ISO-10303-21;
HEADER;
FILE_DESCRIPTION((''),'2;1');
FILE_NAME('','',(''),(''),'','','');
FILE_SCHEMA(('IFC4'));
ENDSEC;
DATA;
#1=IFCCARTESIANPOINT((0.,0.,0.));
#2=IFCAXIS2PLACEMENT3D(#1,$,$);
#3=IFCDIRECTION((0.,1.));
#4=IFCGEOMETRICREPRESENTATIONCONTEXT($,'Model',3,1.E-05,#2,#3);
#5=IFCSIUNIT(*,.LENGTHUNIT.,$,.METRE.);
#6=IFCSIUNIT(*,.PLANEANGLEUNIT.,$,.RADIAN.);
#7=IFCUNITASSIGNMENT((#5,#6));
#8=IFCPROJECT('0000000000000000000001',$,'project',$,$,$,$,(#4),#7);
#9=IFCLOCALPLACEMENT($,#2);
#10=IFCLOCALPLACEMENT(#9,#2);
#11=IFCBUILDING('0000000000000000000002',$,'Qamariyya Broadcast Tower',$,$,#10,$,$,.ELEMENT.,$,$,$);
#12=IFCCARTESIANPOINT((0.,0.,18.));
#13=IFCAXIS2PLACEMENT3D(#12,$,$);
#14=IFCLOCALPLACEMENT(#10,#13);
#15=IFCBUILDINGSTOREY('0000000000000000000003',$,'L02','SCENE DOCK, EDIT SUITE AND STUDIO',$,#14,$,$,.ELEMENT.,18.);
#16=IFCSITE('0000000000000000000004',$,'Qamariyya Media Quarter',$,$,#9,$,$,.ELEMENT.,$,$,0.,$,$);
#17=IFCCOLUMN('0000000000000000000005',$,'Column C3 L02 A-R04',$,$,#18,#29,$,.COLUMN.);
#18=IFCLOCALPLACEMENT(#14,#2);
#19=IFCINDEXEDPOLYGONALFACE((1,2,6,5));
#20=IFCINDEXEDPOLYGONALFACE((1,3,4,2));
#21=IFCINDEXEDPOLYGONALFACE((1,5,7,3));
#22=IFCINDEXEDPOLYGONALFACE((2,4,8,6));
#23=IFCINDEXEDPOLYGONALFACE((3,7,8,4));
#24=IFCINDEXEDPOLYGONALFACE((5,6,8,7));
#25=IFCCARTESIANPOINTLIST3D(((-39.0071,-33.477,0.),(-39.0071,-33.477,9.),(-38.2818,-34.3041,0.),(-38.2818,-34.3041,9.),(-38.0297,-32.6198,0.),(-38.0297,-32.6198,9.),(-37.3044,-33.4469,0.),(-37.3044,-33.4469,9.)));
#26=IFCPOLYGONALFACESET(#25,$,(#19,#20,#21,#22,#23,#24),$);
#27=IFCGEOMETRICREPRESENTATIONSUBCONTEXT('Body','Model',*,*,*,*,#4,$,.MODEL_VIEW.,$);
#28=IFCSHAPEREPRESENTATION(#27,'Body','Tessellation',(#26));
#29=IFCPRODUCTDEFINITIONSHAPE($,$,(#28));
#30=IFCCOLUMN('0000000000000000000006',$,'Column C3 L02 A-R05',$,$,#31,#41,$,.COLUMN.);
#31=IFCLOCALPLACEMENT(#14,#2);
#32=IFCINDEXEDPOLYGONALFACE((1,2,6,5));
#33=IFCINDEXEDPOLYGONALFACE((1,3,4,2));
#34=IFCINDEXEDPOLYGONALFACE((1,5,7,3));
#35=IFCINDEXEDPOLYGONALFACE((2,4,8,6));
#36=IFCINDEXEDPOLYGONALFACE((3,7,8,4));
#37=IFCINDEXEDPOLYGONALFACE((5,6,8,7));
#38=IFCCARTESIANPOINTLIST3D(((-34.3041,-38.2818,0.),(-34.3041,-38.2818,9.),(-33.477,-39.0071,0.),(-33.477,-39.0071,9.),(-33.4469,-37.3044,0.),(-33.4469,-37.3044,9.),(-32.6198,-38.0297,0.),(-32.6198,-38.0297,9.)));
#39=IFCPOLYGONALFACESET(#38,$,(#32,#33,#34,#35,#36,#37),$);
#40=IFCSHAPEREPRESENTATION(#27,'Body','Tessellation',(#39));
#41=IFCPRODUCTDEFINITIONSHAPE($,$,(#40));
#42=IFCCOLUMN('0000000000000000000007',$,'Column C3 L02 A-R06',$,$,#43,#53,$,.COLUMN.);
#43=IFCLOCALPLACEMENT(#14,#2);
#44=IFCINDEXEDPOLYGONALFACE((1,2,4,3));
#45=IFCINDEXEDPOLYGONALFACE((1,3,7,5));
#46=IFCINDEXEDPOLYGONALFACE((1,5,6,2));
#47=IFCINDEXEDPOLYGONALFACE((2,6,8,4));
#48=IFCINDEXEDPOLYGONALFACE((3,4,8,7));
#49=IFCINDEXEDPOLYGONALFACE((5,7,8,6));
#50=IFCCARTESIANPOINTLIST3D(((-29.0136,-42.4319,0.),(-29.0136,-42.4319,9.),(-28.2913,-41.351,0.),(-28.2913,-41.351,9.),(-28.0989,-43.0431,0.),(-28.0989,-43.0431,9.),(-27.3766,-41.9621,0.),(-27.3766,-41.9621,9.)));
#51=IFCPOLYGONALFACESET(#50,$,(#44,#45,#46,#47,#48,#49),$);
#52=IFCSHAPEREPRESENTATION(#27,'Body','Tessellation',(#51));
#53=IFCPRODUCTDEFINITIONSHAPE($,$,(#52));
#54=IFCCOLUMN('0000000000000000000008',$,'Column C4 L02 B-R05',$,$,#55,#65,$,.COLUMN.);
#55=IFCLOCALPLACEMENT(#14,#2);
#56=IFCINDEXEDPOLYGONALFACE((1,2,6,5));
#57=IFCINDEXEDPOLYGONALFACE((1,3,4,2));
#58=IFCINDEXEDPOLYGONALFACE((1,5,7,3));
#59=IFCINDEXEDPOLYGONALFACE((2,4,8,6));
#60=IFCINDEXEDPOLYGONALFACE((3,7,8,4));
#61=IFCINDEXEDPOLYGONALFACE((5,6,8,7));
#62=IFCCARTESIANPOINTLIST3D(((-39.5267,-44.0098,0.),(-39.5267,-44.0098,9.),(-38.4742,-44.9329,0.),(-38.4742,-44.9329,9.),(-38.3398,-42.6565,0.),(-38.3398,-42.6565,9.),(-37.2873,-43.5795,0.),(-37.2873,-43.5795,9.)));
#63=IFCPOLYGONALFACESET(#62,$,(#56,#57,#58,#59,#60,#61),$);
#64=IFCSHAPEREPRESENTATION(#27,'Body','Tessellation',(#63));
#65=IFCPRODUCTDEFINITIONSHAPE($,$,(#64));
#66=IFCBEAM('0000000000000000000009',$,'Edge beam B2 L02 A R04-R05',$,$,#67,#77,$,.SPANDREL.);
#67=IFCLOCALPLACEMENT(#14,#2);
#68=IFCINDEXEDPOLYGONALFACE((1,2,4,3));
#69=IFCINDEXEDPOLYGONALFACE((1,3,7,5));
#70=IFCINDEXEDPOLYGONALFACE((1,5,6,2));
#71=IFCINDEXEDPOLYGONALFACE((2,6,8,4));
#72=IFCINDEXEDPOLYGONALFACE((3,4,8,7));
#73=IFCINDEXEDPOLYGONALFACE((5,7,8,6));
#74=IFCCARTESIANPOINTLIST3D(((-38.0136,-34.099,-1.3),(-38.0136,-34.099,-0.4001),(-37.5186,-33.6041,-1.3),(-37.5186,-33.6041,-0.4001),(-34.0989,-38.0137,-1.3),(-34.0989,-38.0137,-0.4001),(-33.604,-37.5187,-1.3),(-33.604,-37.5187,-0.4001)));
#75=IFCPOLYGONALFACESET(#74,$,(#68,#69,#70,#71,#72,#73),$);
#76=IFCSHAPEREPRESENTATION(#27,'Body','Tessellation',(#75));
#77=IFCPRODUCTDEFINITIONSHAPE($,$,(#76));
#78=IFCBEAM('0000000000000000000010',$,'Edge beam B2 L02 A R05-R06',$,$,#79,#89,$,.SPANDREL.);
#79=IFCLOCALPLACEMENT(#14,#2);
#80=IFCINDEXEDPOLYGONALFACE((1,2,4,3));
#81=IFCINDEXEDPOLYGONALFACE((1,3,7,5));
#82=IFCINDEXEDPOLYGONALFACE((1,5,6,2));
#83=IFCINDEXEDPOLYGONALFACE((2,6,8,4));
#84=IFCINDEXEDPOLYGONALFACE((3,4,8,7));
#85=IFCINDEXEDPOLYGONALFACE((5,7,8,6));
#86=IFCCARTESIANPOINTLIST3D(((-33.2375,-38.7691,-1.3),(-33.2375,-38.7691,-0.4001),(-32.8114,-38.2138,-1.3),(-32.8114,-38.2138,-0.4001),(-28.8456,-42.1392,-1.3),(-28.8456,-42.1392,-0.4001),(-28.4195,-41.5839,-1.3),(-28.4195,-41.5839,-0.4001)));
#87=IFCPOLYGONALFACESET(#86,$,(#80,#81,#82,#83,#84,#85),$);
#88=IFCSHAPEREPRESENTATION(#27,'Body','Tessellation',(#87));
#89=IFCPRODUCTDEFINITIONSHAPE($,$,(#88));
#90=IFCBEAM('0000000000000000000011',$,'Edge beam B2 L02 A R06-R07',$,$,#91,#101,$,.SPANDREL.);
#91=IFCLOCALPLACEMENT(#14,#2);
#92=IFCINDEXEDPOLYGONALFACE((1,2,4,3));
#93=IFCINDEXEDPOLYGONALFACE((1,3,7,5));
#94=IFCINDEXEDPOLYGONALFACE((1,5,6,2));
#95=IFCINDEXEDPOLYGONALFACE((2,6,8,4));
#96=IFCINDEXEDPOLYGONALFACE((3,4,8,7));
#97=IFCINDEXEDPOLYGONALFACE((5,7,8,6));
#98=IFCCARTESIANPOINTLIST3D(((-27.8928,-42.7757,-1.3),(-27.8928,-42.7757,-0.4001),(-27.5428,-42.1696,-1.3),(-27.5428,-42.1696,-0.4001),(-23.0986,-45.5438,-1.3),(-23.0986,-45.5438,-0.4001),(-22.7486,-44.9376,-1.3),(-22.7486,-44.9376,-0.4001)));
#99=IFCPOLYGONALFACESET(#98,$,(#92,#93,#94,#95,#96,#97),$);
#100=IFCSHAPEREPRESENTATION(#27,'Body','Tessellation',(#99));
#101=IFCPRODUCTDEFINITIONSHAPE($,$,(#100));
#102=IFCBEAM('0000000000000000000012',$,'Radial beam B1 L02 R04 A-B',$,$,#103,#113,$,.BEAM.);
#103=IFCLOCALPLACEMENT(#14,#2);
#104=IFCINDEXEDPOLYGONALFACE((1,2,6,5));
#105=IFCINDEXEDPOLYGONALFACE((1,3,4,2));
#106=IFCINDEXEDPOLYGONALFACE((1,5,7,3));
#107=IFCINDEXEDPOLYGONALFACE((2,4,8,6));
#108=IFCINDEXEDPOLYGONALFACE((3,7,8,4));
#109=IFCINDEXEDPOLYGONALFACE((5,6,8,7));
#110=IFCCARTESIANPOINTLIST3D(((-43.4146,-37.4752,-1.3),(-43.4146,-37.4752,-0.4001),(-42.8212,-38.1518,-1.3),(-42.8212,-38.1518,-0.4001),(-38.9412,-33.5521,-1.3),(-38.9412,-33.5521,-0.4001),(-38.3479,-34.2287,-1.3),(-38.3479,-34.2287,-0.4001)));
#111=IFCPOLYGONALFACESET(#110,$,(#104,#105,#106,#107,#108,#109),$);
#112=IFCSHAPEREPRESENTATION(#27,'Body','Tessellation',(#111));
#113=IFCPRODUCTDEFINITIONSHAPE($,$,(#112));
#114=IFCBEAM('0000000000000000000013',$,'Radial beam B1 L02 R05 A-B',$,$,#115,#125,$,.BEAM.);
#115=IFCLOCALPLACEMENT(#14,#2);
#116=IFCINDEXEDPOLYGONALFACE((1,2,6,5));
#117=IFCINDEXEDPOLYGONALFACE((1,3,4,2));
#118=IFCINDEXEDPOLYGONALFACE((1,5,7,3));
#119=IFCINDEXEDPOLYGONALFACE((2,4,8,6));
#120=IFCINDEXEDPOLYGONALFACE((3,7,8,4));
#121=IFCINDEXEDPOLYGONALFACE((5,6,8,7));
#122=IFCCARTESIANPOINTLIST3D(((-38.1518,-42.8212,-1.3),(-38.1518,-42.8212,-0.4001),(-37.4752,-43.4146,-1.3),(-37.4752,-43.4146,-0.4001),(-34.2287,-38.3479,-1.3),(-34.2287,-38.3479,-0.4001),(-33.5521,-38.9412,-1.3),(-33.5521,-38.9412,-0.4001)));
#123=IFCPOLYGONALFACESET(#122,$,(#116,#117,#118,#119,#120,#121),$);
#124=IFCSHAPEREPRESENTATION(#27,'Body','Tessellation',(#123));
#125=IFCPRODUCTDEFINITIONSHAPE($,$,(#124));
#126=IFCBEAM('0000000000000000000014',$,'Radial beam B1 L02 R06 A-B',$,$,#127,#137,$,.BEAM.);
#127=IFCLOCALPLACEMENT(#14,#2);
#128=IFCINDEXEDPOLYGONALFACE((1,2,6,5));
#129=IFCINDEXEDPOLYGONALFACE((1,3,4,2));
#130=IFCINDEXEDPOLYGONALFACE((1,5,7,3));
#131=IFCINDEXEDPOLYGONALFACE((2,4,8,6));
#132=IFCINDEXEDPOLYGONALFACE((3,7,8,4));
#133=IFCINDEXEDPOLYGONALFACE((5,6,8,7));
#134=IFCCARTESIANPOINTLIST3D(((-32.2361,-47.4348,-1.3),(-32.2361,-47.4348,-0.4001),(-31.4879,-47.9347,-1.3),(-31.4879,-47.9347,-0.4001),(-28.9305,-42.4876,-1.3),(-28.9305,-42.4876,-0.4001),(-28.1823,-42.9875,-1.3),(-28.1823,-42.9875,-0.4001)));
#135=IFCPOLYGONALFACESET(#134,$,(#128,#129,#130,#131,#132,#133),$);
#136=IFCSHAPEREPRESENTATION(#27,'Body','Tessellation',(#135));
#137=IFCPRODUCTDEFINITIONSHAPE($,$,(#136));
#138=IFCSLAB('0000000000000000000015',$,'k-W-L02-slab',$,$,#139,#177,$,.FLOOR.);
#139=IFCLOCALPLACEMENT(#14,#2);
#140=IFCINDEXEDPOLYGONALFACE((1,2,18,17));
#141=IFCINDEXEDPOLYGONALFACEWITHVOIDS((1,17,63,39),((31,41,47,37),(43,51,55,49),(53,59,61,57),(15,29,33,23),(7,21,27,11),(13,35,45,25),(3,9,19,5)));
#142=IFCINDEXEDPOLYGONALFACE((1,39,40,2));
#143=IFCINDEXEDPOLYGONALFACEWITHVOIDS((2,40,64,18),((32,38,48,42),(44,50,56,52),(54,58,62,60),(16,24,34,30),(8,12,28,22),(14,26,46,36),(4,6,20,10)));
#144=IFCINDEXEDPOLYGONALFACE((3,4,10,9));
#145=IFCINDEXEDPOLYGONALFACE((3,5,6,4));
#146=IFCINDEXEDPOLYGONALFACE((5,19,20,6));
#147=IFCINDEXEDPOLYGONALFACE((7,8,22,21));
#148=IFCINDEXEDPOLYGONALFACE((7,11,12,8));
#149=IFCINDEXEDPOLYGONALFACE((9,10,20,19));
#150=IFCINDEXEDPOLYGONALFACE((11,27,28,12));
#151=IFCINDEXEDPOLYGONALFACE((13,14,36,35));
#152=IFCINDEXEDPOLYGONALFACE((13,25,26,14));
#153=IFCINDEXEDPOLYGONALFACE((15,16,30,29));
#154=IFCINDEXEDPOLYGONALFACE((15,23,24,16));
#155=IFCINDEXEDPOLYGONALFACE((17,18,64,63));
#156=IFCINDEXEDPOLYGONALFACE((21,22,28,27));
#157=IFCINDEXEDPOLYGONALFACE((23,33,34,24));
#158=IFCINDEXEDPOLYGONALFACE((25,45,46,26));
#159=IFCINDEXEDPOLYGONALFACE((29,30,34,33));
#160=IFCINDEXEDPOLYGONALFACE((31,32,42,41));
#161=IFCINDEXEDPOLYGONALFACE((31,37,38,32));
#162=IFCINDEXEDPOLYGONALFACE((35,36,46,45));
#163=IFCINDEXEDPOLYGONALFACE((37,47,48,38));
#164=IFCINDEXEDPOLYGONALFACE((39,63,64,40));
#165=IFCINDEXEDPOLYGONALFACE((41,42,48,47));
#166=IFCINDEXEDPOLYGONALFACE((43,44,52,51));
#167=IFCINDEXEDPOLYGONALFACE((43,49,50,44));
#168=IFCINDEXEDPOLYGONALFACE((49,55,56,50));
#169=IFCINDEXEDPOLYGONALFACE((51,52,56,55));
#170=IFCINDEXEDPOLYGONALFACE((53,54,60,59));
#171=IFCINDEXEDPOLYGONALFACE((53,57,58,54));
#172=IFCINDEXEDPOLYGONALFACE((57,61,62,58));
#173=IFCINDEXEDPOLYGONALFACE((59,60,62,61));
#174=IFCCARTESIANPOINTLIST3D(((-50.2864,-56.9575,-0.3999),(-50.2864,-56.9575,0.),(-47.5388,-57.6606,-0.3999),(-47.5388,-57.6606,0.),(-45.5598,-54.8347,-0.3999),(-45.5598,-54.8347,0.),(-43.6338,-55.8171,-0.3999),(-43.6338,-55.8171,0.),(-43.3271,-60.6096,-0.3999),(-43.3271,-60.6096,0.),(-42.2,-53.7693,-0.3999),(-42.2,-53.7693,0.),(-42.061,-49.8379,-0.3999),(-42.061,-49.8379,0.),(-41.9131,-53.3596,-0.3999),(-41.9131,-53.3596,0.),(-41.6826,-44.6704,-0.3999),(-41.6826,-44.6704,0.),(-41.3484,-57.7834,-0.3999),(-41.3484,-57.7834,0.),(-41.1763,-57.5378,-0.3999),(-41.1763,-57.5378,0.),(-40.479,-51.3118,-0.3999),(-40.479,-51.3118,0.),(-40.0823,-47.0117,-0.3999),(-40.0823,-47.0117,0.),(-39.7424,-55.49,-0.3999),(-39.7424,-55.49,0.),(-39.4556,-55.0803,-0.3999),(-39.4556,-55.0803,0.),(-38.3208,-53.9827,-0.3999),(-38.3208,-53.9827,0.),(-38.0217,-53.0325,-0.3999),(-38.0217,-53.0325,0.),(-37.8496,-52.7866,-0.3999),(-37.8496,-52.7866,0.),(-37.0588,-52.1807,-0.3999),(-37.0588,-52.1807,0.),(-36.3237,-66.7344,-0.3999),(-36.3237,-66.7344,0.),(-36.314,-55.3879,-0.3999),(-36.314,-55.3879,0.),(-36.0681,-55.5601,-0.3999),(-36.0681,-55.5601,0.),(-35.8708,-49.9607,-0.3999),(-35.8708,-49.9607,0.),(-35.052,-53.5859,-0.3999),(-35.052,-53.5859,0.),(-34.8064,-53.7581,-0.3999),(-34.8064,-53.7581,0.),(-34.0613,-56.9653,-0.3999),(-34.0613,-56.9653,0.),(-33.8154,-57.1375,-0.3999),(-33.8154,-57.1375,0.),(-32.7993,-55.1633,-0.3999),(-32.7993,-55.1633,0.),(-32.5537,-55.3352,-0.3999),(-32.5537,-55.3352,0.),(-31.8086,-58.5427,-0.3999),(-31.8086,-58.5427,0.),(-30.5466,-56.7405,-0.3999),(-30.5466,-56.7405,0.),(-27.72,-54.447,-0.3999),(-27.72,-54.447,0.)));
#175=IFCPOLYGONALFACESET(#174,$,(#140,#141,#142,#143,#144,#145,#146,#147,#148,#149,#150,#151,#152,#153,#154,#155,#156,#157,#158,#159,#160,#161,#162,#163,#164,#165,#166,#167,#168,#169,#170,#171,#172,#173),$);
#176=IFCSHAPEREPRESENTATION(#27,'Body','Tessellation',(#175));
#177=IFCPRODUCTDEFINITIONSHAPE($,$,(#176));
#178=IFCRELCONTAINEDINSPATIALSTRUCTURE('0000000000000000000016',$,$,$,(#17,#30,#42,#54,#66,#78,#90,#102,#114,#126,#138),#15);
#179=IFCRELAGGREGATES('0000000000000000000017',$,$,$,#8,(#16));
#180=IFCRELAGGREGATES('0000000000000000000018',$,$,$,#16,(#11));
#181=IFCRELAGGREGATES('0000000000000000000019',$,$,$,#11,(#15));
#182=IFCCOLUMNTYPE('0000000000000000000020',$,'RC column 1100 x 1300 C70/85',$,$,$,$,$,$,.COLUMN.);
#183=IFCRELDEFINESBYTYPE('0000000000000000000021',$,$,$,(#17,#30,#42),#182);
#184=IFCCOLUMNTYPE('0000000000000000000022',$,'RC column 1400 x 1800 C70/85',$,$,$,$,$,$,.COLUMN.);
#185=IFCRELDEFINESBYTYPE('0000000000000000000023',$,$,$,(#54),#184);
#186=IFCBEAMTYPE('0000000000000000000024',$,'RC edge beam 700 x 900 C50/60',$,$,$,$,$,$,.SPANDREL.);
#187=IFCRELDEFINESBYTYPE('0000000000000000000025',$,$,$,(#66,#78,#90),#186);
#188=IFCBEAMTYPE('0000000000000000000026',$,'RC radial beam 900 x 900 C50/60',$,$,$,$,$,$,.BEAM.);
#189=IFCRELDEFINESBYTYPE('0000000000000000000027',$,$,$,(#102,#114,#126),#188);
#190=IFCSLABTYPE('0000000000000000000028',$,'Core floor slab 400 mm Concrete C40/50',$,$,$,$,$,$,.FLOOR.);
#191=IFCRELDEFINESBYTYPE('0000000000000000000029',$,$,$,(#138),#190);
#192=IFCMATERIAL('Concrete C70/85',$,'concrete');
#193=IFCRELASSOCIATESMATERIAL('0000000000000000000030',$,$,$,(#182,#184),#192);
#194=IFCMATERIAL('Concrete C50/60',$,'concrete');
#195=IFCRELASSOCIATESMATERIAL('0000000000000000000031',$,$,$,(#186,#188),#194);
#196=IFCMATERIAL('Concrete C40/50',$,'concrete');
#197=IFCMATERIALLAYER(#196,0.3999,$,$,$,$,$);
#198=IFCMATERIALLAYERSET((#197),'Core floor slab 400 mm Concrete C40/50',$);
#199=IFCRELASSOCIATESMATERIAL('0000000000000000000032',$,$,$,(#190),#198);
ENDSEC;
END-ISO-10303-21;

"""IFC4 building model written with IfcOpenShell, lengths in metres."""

from ifc_helpers import new_model, si_unit, direction, frame, origin, origin_2d, place, context, subcontext, project, spatial, polyline, rectangle, outline, extrude, material, layer, layer_set, material_profile, profile_set, type_object, element, save


model = new_model("IFC4")

# Units and contexts
model_context = context("Model", 3, precision=1e-05, world=origin(), true_north=direction((0.0, 1.0)))
body_context = subcontext(model_context, "Body", "Model", "MODEL_VIEW")
ifc_project = project(units=[si_unit("LENGTHUNIT", "METRE"), si_unit("PLANEANGLEUNIT", "RADIAN")], contexts=[model_context])

# Site, building, storey
site_placement = place(None, origin())
site = spatial("IfcSite", under=ifc_project, at=site_placement, Name="Qamariyya Media Quarter", CompositionType="ELEMENT", RefElevation=0.0)
building_placement = place(site_placement, origin())
building = spatial("IfcBuilding", under=site, at=building_placement, Name="Qamariyya Broadcast Tower", CompositionType="ELEMENT")
storey_placement = place(building_placement, frame((0.0, 0.0, 18.0)))
storey = spatial("IfcBuildingStorey", under=building, at=storey_placement, Name="L02", Description="SCENE DOCK, EDIT SUITE AND STUDIO", CompositionType="ELEMENT", Elevation=18.0)

# Columns
ifc_material_1 = material(Name="Concrete C70/85", Category="concrete")
ifc_material_profile_1 = material_profile(ifc_material_1, rectangle(XDim=1.1001, YDim=1.3, at=origin_2d()))
ifc_profile_set_1 = profile_set([ifc_material_profile_1], Name="Concrete C70/85")
column_type_1 = type_object("IfcColumnType", Name="RC column 1100 x 1300 C70/85", PredefinedType="COLUMN", material=ifc_profile_set_1)
for number, where, z_axis, x_axis, name in (
    (1, (-38.1558, -33.4619, 0.0), (0.0, 0.0, 1.0), (0.659346, -0.75184, 0.0), "Column C3 L02 A-R04"),
    (2, (-33.4619, -38.1558, 0.0), (0.0, 0.0, 1.0), (0.75184, -0.659346, 0.0), "Column C3 L02 A-R05"),
    (3, (-28.1951, -42.197, 0.0), (0.0, 0.0, 1.0), (0.83147, -0.55557, 0.0), "Column C3 L02 A-R06"),
):
    element("IfcColumn", number, at=place(storey_placement, frame(where, z_axis=z_axis, x_axis=x_axis)), inside=storey, type_object=column_type_1, Name=name, PredefinedType="COLUMN", context=body_context, shape_type="SweptSolid", body=[
        extrude(rectangle(XDim=1.1001, YDim=1.3, at=origin_2d()), origin(), (0.0, 0.0, 1.0), 9.0),
    ])
ifc_material_profile_2 = material_profile(ifc_material_1, rectangle(XDim=1.3999, YDim=1.8, at=origin_2d()))
ifc_profile_set_2 = profile_set([ifc_material_profile_2], Name="Concrete C70/85")
column_type_2 = type_object("IfcColumnType", Name="RC column 1400 x 1800 C70/85", PredefinedType="COLUMN", material=ifc_profile_set_2)
column_placement = place(storey_placement, frame((-38.407, -43.7947, 0.0), z_axis=(0.0, 0.0, 1.0), x_axis=(0.75184, -0.659346, 0.0)))
element("IfcColumn", 4, at=column_placement, inside=storey, type_object=column_type_2, Name="Column C4 L02 B-R05", PredefinedType="COLUMN", context=body_context, shape_type="SweptSolid", body=[
    extrude(rectangle(XDim=1.3999, YDim=1.8, at=origin_2d()), origin(), (0.0, 0.0, 1.0), 9.0),
])

# Beams
ifc_material_2 = material(Name="Concrete C50/60", Category="concrete")
ifc_material_profile_3 = material_profile(ifc_material_2, rectangle(XDim=0.7, YDim=0.8999, at=origin_2d()))
ifc_profile_set_3 = profile_set([ifc_material_profile_3], Name="Concrete C50/60")
beam_type_1 = type_object("IfcBeamType", Name="RC edge beam 700 x 900 C50/60", PredefinedType="SPANDREL", material=ifc_profile_set_3)
beam_placement = place(storey_placement, frame((-37.7661, -33.8516, -0.8501), z_axis=(0.707107, -0.707107, 0.0), x_axis=(0.707107, 0.707107, 0.0)))
element("IfcBeam", 5, at=beam_placement, inside=storey, type_object=beam_type_1, Name="Edge beam B2 L02 A R04-R05", PredefinedType="SPANDREL", context=body_context, shape_type="SweptSolid", body=[
    extrude(rectangle(XDim=0.7, YDim=0.8999, at=origin_2d()), origin(), (0.0, 0.0, 1.0), 5.5361),
])
for number, where, z_axis, x_axis, name in (
    (6, (-33.0244, -38.4915, -0.8501), (0.793342, -0.608777, 0.0), (0.608777, 0.793342, 0.0), "Edge beam B2 L02 A R05-R06"),
    (7, (-27.7178, -42.4727, -0.8501), (0.866014, -0.500019, 0.0), (0.500019, 0.866014, 0.0), "Edge beam B2 L02 A R06-R07"),
):
    element("IfcBeam", number, at=place(storey_placement, frame(where, z_axis=z_axis, x_axis=x_axis)), inside=storey, type_object=beam_type_1, Name=name, PredefinedType="SPANDREL", context=body_context, shape_type="SweptSolid", body=[
        extrude(rectangle(XDim=0.7, YDim=0.8999, at=origin_2d()), origin(), (0.0, 0.0, 1.0), 5.5359),
    ])
ifc_material_profile_4 = material_profile(ifc_material_2, rectangle(XDim=0.8999, YDim=0.8999, at=origin_2d()))
ifc_profile_set_4 = profile_set([ifc_material_profile_4], Name="Concrete C50/60")
beam_type_2 = type_object("IfcBeamType", Name="RC radial beam 900 x 900 C50/60", PredefinedType="BEAM", material=ifc_profile_set_4)
for number, where, z_axis, x_axis, name in (
    (8, (-38.6445, -33.8904, -0.8501), (-0.751837, -0.65935, 0.0), (0.65935, -0.751837, 0.0), "Radial beam B1 L02 R04 A-B"),
    (9, (-33.8904, -38.6445, -0.8501), (-0.65935, -0.751837, 0.0), (0.751837, -0.65935, 0.0), "Radial beam B1 L02 R05 A-B"),
    (10, (-28.5564, -42.7375, -0.8501), (-0.555571, -0.831469, 0.0), (0.831469, -0.555571, 0.0), "Radial beam B1 L02 R06 A-B"),
):
    element("IfcBeam", number, at=place(storey_placement, frame(where, z_axis=z_axis, x_axis=x_axis)), inside=storey, type_object=beam_type_2, Name=name, PredefinedType="BEAM", context=body_context, shape_type="SweptSolid", body=[
        extrude(rectangle(XDim=0.8999, YDim=0.8999, at=origin_2d()), origin(), (0.0, 0.0, 1.0), 5.95),
    ])

# Slab
ifc_material_3 = material(Name="Concrete C40/50", Category="concrete")
ifc_layer_1 = layer(ifc_material_3, 0.3999)
ifc_layer_set_1 = layer_set([ifc_layer_1], Name="Core floor slab 400 mm Concrete C40/50")
slab_type_1 = type_object("IfcSlabType", Name="Core floor slab 400 mm Concrete C40/50", PredefinedType="FLOOR", material=ifc_layer_set_1)
slab_1_placement = place(storey_placement, frame((0.0, 0.0, -0.3999)))
element("IfcSlab", 11, at=slab_1_placement, inside=storey, type_object=slab_type_1, Name="k-W-L02-slab", PredefinedType="FLOOR", context=body_context, shape_type="SweptSolid", body=[
    extrude(outline(polyline([(-50.2864, -56.9575), (-36.3237, -66.7344), (-27.72, -54.447), (-41.6826, -44.6704), (-50.2864, -56.9575)]), holes=[polyline([(-31.8086, -58.5427), (-33.8154, -57.1375), (-32.5537, -55.3352), (-30.5466, -56.7405), (-31.8086, -58.5427)]), polyline([(-34.0613, -56.9653), (-36.0681, -55.5601), (-34.8064, -53.7581), (-32.7993, -55.1633), (-34.0613, -56.9653)]), polyline([(-36.314, -55.3879), (-38.3208, -53.9827), (-37.0588, -52.1807), (-35.052, -53.5859), (-36.314, -55.3879)]), polyline([(-39.7424, -55.49), (-42.2, -53.7693), (-43.6338, -55.8171), (-41.1763, -57.5378), (-39.7424, -55.49)]), polyline([(-39.4556, -55.0803), (-41.9131, -53.3596), (-40.479, -51.3118), (-38.0217, -53.0325), (-39.4556, -55.0803)]), polyline([(-42.061, -49.8379), (-37.8496, -52.7866), (-35.8708, -49.9607), (-40.0823, -47.0117), (-42.061, -49.8379)]), polyline([(-47.5388, -57.6606), (-43.3271, -60.6096), (-41.3484, -57.7834), (-45.5598, -54.8347), (-47.5388, -57.6606)])]), origin(), (0.0, 0.0, 1.0), 0.3999),
])

save(model, "model.ifc")
